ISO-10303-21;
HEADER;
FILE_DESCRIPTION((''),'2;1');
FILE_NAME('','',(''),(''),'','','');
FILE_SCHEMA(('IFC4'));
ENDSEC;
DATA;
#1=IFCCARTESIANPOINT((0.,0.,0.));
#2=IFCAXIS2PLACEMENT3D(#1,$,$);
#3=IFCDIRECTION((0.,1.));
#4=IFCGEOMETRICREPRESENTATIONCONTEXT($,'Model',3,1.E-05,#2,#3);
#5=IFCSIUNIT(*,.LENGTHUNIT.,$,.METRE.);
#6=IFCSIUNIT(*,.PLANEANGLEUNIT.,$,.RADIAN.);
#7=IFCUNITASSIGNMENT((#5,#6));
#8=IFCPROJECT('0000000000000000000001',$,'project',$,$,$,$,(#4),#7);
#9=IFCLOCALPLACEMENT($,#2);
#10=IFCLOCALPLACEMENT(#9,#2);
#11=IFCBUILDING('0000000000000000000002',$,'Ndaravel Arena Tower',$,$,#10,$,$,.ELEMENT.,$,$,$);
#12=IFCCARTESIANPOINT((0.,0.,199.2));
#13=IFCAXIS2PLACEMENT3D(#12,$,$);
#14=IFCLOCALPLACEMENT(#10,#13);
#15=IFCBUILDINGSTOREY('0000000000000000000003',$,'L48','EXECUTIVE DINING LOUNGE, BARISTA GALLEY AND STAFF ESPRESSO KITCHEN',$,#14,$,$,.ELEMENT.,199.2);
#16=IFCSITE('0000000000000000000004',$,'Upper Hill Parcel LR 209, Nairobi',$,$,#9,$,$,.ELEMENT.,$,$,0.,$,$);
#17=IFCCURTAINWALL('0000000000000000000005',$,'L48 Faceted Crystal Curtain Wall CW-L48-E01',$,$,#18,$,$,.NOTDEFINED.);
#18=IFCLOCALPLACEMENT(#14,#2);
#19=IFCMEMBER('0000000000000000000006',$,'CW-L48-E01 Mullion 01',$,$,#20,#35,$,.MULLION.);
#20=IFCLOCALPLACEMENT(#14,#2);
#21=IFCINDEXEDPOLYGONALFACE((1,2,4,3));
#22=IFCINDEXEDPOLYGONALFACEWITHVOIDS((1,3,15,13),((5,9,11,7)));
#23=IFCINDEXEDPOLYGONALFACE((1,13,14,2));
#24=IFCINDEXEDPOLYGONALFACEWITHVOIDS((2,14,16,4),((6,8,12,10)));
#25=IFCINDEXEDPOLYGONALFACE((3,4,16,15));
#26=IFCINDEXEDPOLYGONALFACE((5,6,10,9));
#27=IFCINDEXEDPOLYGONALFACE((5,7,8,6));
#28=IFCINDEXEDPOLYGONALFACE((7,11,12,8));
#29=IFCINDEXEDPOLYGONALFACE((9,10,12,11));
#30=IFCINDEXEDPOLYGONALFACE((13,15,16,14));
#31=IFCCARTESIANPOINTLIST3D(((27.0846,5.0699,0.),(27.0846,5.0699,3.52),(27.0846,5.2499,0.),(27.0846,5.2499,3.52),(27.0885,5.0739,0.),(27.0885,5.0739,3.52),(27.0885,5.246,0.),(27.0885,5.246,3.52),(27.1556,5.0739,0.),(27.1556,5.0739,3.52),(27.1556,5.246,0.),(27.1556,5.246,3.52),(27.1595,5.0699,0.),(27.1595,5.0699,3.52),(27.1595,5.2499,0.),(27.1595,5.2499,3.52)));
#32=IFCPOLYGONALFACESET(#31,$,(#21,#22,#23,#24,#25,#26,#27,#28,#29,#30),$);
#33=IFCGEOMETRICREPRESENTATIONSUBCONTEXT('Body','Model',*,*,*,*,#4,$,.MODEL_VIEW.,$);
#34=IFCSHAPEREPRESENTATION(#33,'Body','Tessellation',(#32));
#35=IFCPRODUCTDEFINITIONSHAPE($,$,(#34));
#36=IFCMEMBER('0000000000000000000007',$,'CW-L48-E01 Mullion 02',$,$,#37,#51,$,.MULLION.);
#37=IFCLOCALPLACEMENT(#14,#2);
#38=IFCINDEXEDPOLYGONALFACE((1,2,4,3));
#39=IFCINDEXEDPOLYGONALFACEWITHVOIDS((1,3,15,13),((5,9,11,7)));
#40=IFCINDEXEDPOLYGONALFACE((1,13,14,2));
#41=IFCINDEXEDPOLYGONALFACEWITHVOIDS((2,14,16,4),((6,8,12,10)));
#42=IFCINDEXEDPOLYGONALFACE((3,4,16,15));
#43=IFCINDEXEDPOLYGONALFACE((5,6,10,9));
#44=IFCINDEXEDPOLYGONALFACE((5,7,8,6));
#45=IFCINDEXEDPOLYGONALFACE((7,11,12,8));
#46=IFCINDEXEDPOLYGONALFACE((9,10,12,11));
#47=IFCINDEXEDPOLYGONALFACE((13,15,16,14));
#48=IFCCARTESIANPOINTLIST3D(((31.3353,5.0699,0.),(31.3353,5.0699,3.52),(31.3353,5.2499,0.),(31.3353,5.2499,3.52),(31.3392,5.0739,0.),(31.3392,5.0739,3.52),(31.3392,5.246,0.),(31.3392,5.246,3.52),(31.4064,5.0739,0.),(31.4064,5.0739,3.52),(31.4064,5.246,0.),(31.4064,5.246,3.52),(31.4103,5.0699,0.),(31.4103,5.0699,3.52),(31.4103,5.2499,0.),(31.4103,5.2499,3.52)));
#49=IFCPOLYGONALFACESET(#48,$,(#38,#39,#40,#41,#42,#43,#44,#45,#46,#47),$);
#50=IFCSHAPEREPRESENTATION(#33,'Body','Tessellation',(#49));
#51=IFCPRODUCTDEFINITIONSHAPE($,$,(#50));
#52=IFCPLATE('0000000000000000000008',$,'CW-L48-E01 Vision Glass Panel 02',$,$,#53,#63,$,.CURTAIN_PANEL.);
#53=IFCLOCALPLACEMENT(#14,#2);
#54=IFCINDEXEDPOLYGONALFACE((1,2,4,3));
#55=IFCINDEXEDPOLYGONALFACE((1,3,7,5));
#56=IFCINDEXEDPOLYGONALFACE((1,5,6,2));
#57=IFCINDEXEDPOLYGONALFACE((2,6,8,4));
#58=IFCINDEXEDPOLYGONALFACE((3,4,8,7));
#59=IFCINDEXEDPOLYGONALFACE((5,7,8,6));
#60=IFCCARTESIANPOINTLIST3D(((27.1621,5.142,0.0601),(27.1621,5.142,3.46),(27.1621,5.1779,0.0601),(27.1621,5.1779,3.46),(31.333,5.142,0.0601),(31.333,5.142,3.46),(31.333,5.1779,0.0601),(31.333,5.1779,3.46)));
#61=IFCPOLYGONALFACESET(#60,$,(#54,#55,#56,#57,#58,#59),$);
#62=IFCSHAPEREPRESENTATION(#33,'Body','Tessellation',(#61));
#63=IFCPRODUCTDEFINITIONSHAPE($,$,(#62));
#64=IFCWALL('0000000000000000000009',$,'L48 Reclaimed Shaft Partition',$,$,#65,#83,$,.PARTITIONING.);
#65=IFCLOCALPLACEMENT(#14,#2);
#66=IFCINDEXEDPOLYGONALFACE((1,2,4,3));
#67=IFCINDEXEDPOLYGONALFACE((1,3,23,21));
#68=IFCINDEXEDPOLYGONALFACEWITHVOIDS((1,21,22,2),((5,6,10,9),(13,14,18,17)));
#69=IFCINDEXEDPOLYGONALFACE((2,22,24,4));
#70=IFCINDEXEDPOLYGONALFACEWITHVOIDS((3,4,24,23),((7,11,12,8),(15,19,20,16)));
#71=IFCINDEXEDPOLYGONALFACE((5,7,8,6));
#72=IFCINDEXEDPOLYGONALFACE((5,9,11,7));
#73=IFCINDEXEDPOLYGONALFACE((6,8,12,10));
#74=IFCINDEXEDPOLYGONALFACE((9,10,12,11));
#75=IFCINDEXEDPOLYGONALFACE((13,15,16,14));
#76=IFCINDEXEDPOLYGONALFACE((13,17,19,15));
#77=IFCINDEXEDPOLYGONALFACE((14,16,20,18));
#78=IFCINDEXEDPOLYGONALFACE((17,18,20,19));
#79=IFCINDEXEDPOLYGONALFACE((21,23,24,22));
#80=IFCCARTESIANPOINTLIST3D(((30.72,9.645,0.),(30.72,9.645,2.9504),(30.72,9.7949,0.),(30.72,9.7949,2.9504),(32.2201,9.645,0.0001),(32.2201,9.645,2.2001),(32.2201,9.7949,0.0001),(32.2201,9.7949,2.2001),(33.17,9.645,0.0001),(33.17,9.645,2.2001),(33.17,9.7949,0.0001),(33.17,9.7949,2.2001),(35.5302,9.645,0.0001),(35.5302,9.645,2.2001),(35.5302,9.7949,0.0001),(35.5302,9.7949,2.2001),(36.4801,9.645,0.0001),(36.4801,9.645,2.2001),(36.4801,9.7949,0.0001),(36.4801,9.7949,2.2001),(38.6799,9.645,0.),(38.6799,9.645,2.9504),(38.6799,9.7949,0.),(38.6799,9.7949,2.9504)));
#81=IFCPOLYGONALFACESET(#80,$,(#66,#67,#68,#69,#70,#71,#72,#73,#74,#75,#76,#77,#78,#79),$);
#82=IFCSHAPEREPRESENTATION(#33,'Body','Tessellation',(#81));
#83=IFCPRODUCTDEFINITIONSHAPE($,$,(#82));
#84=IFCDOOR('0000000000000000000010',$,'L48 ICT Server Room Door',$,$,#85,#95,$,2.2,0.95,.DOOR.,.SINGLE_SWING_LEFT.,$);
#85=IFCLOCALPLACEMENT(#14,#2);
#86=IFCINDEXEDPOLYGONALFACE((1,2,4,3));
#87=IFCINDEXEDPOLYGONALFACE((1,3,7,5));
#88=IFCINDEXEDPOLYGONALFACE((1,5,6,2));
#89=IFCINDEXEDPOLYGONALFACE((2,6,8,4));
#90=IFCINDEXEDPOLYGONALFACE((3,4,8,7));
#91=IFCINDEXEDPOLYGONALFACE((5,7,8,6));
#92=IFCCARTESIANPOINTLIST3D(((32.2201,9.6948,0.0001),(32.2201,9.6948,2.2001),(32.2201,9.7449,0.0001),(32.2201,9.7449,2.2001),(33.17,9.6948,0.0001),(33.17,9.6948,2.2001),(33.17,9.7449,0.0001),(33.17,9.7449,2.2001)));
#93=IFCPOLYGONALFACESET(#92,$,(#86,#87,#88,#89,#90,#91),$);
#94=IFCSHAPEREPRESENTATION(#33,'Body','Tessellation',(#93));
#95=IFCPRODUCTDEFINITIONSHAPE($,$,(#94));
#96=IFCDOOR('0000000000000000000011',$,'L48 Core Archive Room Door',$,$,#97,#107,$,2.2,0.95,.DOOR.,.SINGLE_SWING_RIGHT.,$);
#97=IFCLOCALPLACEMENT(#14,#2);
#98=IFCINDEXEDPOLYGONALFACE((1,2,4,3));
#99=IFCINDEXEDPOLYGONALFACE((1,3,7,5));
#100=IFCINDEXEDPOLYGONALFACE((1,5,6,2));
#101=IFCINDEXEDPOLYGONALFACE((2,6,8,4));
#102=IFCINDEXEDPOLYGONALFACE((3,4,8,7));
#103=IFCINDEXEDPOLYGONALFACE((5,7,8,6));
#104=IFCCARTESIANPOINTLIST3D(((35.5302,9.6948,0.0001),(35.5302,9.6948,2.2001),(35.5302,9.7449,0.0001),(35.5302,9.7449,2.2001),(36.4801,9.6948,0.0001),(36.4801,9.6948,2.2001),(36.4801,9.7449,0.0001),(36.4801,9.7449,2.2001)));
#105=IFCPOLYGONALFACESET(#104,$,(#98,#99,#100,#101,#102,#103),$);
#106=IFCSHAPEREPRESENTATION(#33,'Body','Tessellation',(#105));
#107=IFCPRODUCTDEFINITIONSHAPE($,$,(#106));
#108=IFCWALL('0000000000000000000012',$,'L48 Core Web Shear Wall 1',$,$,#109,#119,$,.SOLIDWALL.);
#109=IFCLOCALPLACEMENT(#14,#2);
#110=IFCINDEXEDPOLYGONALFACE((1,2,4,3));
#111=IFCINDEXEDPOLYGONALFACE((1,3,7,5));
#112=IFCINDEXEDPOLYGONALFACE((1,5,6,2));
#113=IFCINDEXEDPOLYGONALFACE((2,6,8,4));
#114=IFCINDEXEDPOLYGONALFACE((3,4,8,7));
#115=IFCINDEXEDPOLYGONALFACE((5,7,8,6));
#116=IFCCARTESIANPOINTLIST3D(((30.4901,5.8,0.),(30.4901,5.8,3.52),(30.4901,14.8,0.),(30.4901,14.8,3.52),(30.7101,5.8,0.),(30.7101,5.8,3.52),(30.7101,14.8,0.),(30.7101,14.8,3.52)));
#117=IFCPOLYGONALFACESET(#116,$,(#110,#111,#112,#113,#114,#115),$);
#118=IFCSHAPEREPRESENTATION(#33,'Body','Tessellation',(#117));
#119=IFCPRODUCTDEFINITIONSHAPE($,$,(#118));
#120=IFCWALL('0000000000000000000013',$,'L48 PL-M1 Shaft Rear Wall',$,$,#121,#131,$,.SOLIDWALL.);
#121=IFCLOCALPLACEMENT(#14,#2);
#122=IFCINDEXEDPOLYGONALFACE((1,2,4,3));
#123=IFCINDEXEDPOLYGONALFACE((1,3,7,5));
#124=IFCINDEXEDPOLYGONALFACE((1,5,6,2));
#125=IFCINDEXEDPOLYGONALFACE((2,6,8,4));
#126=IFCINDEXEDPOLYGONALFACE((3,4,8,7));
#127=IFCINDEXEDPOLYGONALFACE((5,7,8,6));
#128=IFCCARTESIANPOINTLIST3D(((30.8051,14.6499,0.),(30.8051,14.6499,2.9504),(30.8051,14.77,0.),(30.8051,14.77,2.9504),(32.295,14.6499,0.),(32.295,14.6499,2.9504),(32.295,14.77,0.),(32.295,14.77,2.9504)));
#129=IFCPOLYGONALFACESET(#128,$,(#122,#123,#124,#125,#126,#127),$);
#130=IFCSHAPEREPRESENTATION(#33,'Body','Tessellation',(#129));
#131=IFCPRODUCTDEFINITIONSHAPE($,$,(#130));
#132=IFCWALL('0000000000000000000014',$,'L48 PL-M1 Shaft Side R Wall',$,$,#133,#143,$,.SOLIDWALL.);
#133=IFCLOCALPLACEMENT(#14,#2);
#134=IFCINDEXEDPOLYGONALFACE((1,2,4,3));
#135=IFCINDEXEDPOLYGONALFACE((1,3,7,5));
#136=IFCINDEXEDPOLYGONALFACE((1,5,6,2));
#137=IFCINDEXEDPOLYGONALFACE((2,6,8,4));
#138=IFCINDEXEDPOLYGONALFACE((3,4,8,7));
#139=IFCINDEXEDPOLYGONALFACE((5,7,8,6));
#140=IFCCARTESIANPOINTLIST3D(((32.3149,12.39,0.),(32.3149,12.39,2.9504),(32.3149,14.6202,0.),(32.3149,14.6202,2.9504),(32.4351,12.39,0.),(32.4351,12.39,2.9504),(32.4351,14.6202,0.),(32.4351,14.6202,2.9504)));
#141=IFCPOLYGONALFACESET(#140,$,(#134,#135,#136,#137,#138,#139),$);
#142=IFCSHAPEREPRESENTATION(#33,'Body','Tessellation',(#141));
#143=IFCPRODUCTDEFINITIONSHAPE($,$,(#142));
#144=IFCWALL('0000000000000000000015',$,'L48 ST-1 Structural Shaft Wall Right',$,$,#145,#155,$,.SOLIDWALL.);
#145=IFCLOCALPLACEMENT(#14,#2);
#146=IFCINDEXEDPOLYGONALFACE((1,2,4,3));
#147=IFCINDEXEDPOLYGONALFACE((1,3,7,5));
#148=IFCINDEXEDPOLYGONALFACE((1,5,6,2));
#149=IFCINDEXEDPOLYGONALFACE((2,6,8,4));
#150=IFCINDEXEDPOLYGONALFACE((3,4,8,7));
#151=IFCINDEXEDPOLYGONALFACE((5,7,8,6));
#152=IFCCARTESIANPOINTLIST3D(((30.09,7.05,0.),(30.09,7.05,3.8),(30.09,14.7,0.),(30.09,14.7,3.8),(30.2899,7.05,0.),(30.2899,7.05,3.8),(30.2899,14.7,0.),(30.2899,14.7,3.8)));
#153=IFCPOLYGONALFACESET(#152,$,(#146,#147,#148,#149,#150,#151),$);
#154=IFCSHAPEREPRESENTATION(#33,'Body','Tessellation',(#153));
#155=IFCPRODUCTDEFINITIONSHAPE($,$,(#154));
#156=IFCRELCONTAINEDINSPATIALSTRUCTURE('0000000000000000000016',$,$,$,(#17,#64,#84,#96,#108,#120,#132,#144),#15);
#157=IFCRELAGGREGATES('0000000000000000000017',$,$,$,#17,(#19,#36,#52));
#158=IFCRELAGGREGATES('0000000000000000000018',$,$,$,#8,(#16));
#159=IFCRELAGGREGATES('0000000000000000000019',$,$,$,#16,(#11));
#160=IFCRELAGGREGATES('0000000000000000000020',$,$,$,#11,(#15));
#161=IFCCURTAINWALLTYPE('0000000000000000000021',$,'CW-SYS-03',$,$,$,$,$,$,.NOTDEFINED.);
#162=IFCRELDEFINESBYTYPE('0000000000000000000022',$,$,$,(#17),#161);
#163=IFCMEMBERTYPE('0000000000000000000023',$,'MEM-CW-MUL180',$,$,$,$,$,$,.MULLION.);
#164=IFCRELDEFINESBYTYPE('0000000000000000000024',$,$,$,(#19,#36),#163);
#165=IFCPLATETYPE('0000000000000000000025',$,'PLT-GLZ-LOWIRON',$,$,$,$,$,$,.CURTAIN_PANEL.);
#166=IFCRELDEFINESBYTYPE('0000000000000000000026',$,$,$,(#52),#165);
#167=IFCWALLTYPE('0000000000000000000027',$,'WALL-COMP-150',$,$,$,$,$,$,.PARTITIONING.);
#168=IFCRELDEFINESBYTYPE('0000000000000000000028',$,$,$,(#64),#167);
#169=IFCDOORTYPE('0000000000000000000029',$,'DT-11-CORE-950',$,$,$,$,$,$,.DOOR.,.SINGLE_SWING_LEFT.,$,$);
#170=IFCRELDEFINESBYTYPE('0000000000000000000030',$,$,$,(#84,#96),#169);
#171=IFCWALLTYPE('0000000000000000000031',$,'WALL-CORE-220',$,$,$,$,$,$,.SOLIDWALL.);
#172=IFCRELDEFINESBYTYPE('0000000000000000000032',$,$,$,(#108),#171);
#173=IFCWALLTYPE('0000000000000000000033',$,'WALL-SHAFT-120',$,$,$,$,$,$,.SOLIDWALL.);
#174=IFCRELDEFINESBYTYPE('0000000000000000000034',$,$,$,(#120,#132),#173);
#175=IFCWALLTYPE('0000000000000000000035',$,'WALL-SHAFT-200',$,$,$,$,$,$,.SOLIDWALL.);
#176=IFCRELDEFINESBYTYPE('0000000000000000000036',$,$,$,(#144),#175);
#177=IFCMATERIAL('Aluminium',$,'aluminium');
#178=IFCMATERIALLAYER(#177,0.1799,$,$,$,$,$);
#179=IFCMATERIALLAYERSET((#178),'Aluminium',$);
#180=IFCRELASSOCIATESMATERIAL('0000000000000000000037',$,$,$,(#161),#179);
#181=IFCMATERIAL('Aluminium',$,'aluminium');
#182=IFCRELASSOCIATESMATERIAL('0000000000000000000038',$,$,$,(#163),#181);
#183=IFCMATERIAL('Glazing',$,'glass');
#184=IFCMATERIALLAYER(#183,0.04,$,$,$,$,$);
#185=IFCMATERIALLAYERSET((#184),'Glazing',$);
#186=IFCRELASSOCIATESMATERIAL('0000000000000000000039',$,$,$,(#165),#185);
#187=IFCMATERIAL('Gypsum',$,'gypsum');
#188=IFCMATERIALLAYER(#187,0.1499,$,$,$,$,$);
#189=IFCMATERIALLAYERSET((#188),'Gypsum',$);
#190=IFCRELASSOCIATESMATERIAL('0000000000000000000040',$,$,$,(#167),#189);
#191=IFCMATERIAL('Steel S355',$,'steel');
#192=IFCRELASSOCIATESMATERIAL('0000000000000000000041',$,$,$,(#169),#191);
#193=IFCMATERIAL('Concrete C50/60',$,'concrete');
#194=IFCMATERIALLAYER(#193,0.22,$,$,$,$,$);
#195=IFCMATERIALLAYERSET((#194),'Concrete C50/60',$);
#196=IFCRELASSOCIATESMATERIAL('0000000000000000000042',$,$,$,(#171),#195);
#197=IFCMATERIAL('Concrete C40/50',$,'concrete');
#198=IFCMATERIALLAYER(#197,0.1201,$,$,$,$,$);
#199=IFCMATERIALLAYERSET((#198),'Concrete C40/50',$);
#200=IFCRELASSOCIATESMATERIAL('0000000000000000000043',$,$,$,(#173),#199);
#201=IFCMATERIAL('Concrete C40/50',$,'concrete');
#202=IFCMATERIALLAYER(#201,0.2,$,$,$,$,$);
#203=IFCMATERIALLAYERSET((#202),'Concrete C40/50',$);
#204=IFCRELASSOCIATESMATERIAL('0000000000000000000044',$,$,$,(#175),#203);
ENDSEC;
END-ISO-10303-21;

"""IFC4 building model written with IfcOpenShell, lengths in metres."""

from ifc_helpers import new_model, si_unit, direction, frame, frame_2d, origin, origin_2d, place, context, subcontext, project, spatial, rectangle, hollow_rectangle, extrude, material, layer, layer_set, material_profile, profile_set, type_object, element, fill, aggregate, save


model = new_model("IFC4")

# Units and contexts
model_context = context("Model", 3, precision=1e-05, world=origin(), true_north=direction((0.0, 1.0)))
body_context = subcontext(model_context, "Body", "Model", "MODEL_VIEW")
ifc_project = project(units=[si_unit("LENGTHUNIT", "METRE"), si_unit("PLANEANGLEUNIT", "RADIAN")], contexts=[model_context])

# Site, building, storey
site_placement = place(None, origin())
site = spatial("IfcSite", under=ifc_project, at=site_placement, Name="Upper Hill Parcel LR 209, Nairobi", CompositionType="ELEMENT", RefElevation=0.0)
building_placement = place(site_placement, origin())
building = spatial("IfcBuilding", under=site, at=building_placement, Name="Ndaravel Arena Tower", CompositionType="ELEMENT")
storey_placement = place(building_placement, frame((0.0, 0.0, 199.2)))
storey = spatial("IfcBuildingStorey", under=building, at=storey_placement, Name="L48", Description="EXECUTIVE DINING LOUNGE, BARISTA GALLEY AND STAFF ESPRESSO KITCHEN", CompositionType="ELEMENT", Elevation=199.2)

# Curtain wall, members, plate
ifc_material_1 = material(Name="Aluminium", Category="aluminium")
ifc_layer_1 = layer(ifc_material_1, 0.1799)
ifc_layer_set_1 = layer_set([ifc_layer_1], Name="Aluminium")
curtain_wall_type = type_object("IfcCurtainWallType", Name="CW-SYS-03", PredefinedType="NOTDEFINED", material=ifc_layer_set_1)
curtain_wall_placement = place(storey_placement, origin())
curtain_wall = element("IfcCurtainWall", 1, at=curtain_wall_placement, inside=storey, type_object=curtain_wall_type, Name="L48 Faceted Crystal Curtain Wall CW-L48-E01", PredefinedType="NOTDEFINED")
ifc_material_2 = material(Name="Aluminium", Category="aluminium")
ifc_material_profile = material_profile(ifc_material_2, hollow_rectangle(XDim=0.075, YDim=0.1799, WallThickness=0.0039, at=origin_2d()), Name="CW MULLION 75x180x4")
ifc_profile_set = profile_set([ifc_material_profile], Name="Aluminium")
member_type = type_object("IfcMemberType", Name="MEM-CW-MUL180", PredefinedType="MULLION", material=ifc_profile_set)
member_1_placement = place(storey_placement, frame((27.1221, 5.1599, 0.0), z_axis=(0.0, 0.0, 1.0), x_axis=(1.0, 0.0, 0.0)))
member_1 = element("IfcMember", 2, at=member_1_placement, type_object=member_type, Name="CW-L48-E01 Mullion 01", PredefinedType="MULLION", context=body_context, shape_type="SweptSolid", body=[
    extrude(hollow_rectangle(XDim=0.075, YDim=0.1799, WallThickness=0.0039, at=origin_2d()), origin(), (0.0, 0.0, 1.0), 3.52),
])
member_2_placement = place(storey_placement, frame((31.3728, 5.1599, 0.0), z_axis=(0.0, 0.0, 1.0), x_axis=(1.0, 0.0, 0.0)))
member_2 = element("IfcMember", 3, at=member_2_placement, type_object=member_type, Name="CW-L48-E01 Mullion 02", PredefinedType="MULLION", context=body_context, shape_type="SweptSolid", body=[
    extrude(hollow_rectangle(XDim=0.075, YDim=0.1799, WallThickness=0.0039, at=origin_2d()), origin(), (0.0, 0.0, 1.0), 3.52),
])
ifc_material_3 = material(Name="Glazing", Category="glass")
ifc_layer_2 = layer(ifc_material_3, 0.04)
ifc_layer_set_2 = layer_set([ifc_layer_2], Name="Glazing")
plate_type = type_object("IfcPlateType", Name="PLT-GLZ-LOWIRON", PredefinedType="CURTAIN_PANEL", material=ifc_layer_set_2)
plate_placement = place(storey_placement, frame((29.2476, 5.1599, 0.0601), z_axis=(0.0, 0.0, 1.0), x_axis=(1.0, 0.0, 0.0)))
plate = element("IfcPlate", 4, at=plate_placement, type_object=plate_type, Name="CW-L48-E01 Vision Glass Panel 02", PredefinedType="CURTAIN_PANEL", context=body_context, shape_type="SweptSolid", body=[
    extrude(rectangle(XDim=4.1709, YDim=0.0359, at=origin_2d()), origin(), (0.0, 0.0, 1.0), 3.3999),
])
aggregate(curtain_wall, [member_1, member_2, plate])

# Wall, openings, doors
ifc_material_4 = material(Name="Gypsum", Category="gypsum")
ifc_layer_3 = layer(ifc_material_4, 0.1499)
ifc_layer_set_3 = layer_set([ifc_layer_3], Name="Gypsum")
wall_type_1 = type_object("IfcWallType", Name="WALL-COMP-150", PredefinedType="PARTITIONING", material=ifc_layer_set_3)
wall_1_placement = place(storey_placement, frame((30.72, 9.72, 0.0), z_axis=(0.0, 0.0, 1.0), x_axis=(1.0, 0.0, 0.0)))
wall_1 = element("IfcWall", 5, at=wall_1_placement, inside=storey, type_object=wall_type_1, Name="L48 Reclaimed Shaft Partition", PredefinedType="PARTITIONING", context=body_context, shape_type="SweptSolid", body=[
    extrude(rectangle(XDim=7.96, YDim=0.1499, at=frame_2d((3.98, 0.0))), origin(), (0.0, 0.0, 1.0), 2.9504),
])
opening_1_placement = place(wall_1_placement, frame((1.5, 0.0, 0.0)))
opening_1 = element("IfcOpeningElement", 6, at=opening_1_placement, cuts=wall_1, PredefinedType="OPENING", context=body_context, shape_type="SweptSolid", body=[
    extrude(rectangle(XDim=0.95, YDim=2.2, at=frame_2d((0.4751, 1.1001))), frame((0.0, 0.075, 0.0), z_axis=(0.0, -1.0, 0.0), x_axis=(1.0, 0.0, 0.0)), (0.0, 0.0, 1.0), 0.1499),
])
opening_2_placement = place(wall_1_placement, frame((4.8101, 0.0, 0.0)))
opening_2 = element("IfcOpeningElement", 7, at=opening_2_placement, cuts=wall_1, PredefinedType="OPENING", context=body_context, shape_type="SweptSolid", body=[
    extrude(rectangle(XDim=0.95, YDim=2.2, at=frame_2d((0.4751, 1.1001))), frame((0.0, 0.075, 0.0), z_axis=(0.0, -1.0, 0.0), x_axis=(1.0, 0.0, 0.0)), (0.0, 0.0, 1.0), 0.1499),
])
ifc_material_5 = material(Name="Steel S355", Category="steel")
door_type_1 = type_object("IfcDoorType", Name="DT-11-CORE-950", OperationType="SINGLE_SWING_LEFT", PredefinedType="DOOR", material=ifc_material_5)
door_1_placement = place(opening_1_placement, origin())
door_1 = element("IfcDoor", 8, at=door_1_placement, inside=storey, type_object=door_type_1, Name="L48 ICT Server Room Door", OperationType="SINGLE_SWING_LEFT", OverallHeight=2.2, OverallWidth=0.95, PredefinedType="DOOR", context=body_context, shape_type="SweptSolid", body=[
    extrude(rectangle(XDim=0.95, YDim=2.2, at=frame_2d((0.4751, 1.1001))), frame((0.0, 0.0249, 0.0), z_axis=(0.0, -1.0, 0.0), x_axis=(1.0, 0.0, 0.0)), (0.0, 0.0, 1.0), 0.05),
])
fill(opening_1, door_1)
door_2_placement = place(opening_2_placement, origin())
door_2 = element("IfcDoor", 9, at=door_2_placement, inside=storey, type_object=door_type_1, Name="L48 Core Archive Room Door", OperationType="SINGLE_SWING_RIGHT", OverallHeight=2.2, OverallWidth=0.95, PredefinedType="DOOR", context=body_context, shape_type="SweptSolid", body=[
    extrude(rectangle(XDim=0.95, YDim=2.2, at=frame_2d((0.4751, 1.1001))), frame((0.0, 0.0249, 0.0), z_axis=(0.0, -1.0, 0.0), x_axis=(1.0, 0.0, 0.0)), (0.0, 0.0, 1.0), 0.05),
])
fill(opening_2, door_2)

# Walls
ifc_material_6 = material(Name="Concrete C50/60", Category="concrete")
ifc_layer_4 = layer(ifc_material_6, 0.22)
ifc_layer_set_4 = layer_set([ifc_layer_4], Name="Concrete C50/60")
wall_type_2 = type_object("IfcWallType", Name="WALL-CORE-220", PredefinedType="SOLIDWALL", material=ifc_layer_set_4)
wall_2_placement = place(storey_placement, frame((30.6001, 5.8, 0.0), z_axis=(0.0, 0.0, 1.0), x_axis=(0.0, 1.0, 0.0)))
element("IfcWall", 10, at=wall_2_placement, inside=storey, type_object=wall_type_2, Name="L48 Core Web Shear Wall 1", PredefinedType="SOLIDWALL", context=body_context, shape_type="SweptSolid", body=[
    extrude(rectangle(XDim=9.0, YDim=0.22, at=frame_2d((4.5, 0.0))), origin(), (0.0, 0.0, 1.0), 3.52),
])
ifc_material_7 = material(Name="Concrete C40/50", Category="concrete")
ifc_layer_5 = layer(ifc_material_7, 0.1201)
ifc_layer_set_5 = layer_set([ifc_layer_5], Name="Concrete C40/50")
wall_type_3 = type_object("IfcWallType", Name="WALL-SHAFT-120", PredefinedType="SOLIDWALL", material=ifc_layer_set_5)
wall_3_placement = place(storey_placement, frame((30.8049, 14.71, 0.0), z_axis=(0.0, 0.0, 1.0), x_axis=(1.0, 0.0, 0.0)))
element("IfcWall", 11, at=wall_3_placement, inside=storey, type_object=wall_type_3, Name="L48 PL-M1 Shaft Rear Wall", PredefinedType="SOLIDWALL", context=body_context, shape_type="SweptSolid", body=[
    extrude(rectangle(XDim=1.49, YDim=0.1201, at=frame_2d((0.7451, 0.0))), origin(), (0.0, 0.0, 1.0), 2.9504),
])
wall_4_placement = place(storey_placement, frame((32.375, 12.3899, 0.0), z_axis=(0.0, 0.0, 1.0), x_axis=(0.0, 1.0, 0.0)))
element("IfcWall", 12, at=wall_4_placement, inside=storey, type_object=wall_type_3, Name="L48 PL-M1 Shaft Side R Wall", PredefinedType="SOLIDWALL", context=body_context, shape_type="SweptSolid", body=[
    extrude(rectangle(XDim=2.2302, YDim=0.1201, at=frame_2d((1.1152, 0.0))), origin(), (0.0, 0.0, 1.0), 2.9504),
])
ifc_material_8 = material(Name="Concrete C40/50", Category="concrete")
ifc_layer_6 = layer(ifc_material_8, 0.2)
ifc_layer_set_6 = layer_set([ifc_layer_6], Name="Concrete C40/50")
wall_type_4 = type_object("IfcWallType", Name="WALL-SHAFT-200", PredefinedType="SOLIDWALL", material=ifc_layer_set_6)
wall_5_placement = place(storey_placement, frame((30.1899, 14.7, 0.0), z_axis=(0.0, 0.0, 1.0), x_axis=(0.0, -1.0, 0.0)))
element("IfcWall", 13, at=wall_5_placement, inside=storey, type_object=wall_type_4, Name="L48 ST-1 Structural Shaft Wall Right", PredefinedType="SOLIDWALL", context=body_context, shape_type="SweptSolid", body=[
    extrude(rectangle(XDim=7.6499, YDim=0.2, at=frame_2d((3.825, 0.0))), origin(), (0.0, 0.0, 1.0), 3.8),
])

save(model, "model.ifc")
